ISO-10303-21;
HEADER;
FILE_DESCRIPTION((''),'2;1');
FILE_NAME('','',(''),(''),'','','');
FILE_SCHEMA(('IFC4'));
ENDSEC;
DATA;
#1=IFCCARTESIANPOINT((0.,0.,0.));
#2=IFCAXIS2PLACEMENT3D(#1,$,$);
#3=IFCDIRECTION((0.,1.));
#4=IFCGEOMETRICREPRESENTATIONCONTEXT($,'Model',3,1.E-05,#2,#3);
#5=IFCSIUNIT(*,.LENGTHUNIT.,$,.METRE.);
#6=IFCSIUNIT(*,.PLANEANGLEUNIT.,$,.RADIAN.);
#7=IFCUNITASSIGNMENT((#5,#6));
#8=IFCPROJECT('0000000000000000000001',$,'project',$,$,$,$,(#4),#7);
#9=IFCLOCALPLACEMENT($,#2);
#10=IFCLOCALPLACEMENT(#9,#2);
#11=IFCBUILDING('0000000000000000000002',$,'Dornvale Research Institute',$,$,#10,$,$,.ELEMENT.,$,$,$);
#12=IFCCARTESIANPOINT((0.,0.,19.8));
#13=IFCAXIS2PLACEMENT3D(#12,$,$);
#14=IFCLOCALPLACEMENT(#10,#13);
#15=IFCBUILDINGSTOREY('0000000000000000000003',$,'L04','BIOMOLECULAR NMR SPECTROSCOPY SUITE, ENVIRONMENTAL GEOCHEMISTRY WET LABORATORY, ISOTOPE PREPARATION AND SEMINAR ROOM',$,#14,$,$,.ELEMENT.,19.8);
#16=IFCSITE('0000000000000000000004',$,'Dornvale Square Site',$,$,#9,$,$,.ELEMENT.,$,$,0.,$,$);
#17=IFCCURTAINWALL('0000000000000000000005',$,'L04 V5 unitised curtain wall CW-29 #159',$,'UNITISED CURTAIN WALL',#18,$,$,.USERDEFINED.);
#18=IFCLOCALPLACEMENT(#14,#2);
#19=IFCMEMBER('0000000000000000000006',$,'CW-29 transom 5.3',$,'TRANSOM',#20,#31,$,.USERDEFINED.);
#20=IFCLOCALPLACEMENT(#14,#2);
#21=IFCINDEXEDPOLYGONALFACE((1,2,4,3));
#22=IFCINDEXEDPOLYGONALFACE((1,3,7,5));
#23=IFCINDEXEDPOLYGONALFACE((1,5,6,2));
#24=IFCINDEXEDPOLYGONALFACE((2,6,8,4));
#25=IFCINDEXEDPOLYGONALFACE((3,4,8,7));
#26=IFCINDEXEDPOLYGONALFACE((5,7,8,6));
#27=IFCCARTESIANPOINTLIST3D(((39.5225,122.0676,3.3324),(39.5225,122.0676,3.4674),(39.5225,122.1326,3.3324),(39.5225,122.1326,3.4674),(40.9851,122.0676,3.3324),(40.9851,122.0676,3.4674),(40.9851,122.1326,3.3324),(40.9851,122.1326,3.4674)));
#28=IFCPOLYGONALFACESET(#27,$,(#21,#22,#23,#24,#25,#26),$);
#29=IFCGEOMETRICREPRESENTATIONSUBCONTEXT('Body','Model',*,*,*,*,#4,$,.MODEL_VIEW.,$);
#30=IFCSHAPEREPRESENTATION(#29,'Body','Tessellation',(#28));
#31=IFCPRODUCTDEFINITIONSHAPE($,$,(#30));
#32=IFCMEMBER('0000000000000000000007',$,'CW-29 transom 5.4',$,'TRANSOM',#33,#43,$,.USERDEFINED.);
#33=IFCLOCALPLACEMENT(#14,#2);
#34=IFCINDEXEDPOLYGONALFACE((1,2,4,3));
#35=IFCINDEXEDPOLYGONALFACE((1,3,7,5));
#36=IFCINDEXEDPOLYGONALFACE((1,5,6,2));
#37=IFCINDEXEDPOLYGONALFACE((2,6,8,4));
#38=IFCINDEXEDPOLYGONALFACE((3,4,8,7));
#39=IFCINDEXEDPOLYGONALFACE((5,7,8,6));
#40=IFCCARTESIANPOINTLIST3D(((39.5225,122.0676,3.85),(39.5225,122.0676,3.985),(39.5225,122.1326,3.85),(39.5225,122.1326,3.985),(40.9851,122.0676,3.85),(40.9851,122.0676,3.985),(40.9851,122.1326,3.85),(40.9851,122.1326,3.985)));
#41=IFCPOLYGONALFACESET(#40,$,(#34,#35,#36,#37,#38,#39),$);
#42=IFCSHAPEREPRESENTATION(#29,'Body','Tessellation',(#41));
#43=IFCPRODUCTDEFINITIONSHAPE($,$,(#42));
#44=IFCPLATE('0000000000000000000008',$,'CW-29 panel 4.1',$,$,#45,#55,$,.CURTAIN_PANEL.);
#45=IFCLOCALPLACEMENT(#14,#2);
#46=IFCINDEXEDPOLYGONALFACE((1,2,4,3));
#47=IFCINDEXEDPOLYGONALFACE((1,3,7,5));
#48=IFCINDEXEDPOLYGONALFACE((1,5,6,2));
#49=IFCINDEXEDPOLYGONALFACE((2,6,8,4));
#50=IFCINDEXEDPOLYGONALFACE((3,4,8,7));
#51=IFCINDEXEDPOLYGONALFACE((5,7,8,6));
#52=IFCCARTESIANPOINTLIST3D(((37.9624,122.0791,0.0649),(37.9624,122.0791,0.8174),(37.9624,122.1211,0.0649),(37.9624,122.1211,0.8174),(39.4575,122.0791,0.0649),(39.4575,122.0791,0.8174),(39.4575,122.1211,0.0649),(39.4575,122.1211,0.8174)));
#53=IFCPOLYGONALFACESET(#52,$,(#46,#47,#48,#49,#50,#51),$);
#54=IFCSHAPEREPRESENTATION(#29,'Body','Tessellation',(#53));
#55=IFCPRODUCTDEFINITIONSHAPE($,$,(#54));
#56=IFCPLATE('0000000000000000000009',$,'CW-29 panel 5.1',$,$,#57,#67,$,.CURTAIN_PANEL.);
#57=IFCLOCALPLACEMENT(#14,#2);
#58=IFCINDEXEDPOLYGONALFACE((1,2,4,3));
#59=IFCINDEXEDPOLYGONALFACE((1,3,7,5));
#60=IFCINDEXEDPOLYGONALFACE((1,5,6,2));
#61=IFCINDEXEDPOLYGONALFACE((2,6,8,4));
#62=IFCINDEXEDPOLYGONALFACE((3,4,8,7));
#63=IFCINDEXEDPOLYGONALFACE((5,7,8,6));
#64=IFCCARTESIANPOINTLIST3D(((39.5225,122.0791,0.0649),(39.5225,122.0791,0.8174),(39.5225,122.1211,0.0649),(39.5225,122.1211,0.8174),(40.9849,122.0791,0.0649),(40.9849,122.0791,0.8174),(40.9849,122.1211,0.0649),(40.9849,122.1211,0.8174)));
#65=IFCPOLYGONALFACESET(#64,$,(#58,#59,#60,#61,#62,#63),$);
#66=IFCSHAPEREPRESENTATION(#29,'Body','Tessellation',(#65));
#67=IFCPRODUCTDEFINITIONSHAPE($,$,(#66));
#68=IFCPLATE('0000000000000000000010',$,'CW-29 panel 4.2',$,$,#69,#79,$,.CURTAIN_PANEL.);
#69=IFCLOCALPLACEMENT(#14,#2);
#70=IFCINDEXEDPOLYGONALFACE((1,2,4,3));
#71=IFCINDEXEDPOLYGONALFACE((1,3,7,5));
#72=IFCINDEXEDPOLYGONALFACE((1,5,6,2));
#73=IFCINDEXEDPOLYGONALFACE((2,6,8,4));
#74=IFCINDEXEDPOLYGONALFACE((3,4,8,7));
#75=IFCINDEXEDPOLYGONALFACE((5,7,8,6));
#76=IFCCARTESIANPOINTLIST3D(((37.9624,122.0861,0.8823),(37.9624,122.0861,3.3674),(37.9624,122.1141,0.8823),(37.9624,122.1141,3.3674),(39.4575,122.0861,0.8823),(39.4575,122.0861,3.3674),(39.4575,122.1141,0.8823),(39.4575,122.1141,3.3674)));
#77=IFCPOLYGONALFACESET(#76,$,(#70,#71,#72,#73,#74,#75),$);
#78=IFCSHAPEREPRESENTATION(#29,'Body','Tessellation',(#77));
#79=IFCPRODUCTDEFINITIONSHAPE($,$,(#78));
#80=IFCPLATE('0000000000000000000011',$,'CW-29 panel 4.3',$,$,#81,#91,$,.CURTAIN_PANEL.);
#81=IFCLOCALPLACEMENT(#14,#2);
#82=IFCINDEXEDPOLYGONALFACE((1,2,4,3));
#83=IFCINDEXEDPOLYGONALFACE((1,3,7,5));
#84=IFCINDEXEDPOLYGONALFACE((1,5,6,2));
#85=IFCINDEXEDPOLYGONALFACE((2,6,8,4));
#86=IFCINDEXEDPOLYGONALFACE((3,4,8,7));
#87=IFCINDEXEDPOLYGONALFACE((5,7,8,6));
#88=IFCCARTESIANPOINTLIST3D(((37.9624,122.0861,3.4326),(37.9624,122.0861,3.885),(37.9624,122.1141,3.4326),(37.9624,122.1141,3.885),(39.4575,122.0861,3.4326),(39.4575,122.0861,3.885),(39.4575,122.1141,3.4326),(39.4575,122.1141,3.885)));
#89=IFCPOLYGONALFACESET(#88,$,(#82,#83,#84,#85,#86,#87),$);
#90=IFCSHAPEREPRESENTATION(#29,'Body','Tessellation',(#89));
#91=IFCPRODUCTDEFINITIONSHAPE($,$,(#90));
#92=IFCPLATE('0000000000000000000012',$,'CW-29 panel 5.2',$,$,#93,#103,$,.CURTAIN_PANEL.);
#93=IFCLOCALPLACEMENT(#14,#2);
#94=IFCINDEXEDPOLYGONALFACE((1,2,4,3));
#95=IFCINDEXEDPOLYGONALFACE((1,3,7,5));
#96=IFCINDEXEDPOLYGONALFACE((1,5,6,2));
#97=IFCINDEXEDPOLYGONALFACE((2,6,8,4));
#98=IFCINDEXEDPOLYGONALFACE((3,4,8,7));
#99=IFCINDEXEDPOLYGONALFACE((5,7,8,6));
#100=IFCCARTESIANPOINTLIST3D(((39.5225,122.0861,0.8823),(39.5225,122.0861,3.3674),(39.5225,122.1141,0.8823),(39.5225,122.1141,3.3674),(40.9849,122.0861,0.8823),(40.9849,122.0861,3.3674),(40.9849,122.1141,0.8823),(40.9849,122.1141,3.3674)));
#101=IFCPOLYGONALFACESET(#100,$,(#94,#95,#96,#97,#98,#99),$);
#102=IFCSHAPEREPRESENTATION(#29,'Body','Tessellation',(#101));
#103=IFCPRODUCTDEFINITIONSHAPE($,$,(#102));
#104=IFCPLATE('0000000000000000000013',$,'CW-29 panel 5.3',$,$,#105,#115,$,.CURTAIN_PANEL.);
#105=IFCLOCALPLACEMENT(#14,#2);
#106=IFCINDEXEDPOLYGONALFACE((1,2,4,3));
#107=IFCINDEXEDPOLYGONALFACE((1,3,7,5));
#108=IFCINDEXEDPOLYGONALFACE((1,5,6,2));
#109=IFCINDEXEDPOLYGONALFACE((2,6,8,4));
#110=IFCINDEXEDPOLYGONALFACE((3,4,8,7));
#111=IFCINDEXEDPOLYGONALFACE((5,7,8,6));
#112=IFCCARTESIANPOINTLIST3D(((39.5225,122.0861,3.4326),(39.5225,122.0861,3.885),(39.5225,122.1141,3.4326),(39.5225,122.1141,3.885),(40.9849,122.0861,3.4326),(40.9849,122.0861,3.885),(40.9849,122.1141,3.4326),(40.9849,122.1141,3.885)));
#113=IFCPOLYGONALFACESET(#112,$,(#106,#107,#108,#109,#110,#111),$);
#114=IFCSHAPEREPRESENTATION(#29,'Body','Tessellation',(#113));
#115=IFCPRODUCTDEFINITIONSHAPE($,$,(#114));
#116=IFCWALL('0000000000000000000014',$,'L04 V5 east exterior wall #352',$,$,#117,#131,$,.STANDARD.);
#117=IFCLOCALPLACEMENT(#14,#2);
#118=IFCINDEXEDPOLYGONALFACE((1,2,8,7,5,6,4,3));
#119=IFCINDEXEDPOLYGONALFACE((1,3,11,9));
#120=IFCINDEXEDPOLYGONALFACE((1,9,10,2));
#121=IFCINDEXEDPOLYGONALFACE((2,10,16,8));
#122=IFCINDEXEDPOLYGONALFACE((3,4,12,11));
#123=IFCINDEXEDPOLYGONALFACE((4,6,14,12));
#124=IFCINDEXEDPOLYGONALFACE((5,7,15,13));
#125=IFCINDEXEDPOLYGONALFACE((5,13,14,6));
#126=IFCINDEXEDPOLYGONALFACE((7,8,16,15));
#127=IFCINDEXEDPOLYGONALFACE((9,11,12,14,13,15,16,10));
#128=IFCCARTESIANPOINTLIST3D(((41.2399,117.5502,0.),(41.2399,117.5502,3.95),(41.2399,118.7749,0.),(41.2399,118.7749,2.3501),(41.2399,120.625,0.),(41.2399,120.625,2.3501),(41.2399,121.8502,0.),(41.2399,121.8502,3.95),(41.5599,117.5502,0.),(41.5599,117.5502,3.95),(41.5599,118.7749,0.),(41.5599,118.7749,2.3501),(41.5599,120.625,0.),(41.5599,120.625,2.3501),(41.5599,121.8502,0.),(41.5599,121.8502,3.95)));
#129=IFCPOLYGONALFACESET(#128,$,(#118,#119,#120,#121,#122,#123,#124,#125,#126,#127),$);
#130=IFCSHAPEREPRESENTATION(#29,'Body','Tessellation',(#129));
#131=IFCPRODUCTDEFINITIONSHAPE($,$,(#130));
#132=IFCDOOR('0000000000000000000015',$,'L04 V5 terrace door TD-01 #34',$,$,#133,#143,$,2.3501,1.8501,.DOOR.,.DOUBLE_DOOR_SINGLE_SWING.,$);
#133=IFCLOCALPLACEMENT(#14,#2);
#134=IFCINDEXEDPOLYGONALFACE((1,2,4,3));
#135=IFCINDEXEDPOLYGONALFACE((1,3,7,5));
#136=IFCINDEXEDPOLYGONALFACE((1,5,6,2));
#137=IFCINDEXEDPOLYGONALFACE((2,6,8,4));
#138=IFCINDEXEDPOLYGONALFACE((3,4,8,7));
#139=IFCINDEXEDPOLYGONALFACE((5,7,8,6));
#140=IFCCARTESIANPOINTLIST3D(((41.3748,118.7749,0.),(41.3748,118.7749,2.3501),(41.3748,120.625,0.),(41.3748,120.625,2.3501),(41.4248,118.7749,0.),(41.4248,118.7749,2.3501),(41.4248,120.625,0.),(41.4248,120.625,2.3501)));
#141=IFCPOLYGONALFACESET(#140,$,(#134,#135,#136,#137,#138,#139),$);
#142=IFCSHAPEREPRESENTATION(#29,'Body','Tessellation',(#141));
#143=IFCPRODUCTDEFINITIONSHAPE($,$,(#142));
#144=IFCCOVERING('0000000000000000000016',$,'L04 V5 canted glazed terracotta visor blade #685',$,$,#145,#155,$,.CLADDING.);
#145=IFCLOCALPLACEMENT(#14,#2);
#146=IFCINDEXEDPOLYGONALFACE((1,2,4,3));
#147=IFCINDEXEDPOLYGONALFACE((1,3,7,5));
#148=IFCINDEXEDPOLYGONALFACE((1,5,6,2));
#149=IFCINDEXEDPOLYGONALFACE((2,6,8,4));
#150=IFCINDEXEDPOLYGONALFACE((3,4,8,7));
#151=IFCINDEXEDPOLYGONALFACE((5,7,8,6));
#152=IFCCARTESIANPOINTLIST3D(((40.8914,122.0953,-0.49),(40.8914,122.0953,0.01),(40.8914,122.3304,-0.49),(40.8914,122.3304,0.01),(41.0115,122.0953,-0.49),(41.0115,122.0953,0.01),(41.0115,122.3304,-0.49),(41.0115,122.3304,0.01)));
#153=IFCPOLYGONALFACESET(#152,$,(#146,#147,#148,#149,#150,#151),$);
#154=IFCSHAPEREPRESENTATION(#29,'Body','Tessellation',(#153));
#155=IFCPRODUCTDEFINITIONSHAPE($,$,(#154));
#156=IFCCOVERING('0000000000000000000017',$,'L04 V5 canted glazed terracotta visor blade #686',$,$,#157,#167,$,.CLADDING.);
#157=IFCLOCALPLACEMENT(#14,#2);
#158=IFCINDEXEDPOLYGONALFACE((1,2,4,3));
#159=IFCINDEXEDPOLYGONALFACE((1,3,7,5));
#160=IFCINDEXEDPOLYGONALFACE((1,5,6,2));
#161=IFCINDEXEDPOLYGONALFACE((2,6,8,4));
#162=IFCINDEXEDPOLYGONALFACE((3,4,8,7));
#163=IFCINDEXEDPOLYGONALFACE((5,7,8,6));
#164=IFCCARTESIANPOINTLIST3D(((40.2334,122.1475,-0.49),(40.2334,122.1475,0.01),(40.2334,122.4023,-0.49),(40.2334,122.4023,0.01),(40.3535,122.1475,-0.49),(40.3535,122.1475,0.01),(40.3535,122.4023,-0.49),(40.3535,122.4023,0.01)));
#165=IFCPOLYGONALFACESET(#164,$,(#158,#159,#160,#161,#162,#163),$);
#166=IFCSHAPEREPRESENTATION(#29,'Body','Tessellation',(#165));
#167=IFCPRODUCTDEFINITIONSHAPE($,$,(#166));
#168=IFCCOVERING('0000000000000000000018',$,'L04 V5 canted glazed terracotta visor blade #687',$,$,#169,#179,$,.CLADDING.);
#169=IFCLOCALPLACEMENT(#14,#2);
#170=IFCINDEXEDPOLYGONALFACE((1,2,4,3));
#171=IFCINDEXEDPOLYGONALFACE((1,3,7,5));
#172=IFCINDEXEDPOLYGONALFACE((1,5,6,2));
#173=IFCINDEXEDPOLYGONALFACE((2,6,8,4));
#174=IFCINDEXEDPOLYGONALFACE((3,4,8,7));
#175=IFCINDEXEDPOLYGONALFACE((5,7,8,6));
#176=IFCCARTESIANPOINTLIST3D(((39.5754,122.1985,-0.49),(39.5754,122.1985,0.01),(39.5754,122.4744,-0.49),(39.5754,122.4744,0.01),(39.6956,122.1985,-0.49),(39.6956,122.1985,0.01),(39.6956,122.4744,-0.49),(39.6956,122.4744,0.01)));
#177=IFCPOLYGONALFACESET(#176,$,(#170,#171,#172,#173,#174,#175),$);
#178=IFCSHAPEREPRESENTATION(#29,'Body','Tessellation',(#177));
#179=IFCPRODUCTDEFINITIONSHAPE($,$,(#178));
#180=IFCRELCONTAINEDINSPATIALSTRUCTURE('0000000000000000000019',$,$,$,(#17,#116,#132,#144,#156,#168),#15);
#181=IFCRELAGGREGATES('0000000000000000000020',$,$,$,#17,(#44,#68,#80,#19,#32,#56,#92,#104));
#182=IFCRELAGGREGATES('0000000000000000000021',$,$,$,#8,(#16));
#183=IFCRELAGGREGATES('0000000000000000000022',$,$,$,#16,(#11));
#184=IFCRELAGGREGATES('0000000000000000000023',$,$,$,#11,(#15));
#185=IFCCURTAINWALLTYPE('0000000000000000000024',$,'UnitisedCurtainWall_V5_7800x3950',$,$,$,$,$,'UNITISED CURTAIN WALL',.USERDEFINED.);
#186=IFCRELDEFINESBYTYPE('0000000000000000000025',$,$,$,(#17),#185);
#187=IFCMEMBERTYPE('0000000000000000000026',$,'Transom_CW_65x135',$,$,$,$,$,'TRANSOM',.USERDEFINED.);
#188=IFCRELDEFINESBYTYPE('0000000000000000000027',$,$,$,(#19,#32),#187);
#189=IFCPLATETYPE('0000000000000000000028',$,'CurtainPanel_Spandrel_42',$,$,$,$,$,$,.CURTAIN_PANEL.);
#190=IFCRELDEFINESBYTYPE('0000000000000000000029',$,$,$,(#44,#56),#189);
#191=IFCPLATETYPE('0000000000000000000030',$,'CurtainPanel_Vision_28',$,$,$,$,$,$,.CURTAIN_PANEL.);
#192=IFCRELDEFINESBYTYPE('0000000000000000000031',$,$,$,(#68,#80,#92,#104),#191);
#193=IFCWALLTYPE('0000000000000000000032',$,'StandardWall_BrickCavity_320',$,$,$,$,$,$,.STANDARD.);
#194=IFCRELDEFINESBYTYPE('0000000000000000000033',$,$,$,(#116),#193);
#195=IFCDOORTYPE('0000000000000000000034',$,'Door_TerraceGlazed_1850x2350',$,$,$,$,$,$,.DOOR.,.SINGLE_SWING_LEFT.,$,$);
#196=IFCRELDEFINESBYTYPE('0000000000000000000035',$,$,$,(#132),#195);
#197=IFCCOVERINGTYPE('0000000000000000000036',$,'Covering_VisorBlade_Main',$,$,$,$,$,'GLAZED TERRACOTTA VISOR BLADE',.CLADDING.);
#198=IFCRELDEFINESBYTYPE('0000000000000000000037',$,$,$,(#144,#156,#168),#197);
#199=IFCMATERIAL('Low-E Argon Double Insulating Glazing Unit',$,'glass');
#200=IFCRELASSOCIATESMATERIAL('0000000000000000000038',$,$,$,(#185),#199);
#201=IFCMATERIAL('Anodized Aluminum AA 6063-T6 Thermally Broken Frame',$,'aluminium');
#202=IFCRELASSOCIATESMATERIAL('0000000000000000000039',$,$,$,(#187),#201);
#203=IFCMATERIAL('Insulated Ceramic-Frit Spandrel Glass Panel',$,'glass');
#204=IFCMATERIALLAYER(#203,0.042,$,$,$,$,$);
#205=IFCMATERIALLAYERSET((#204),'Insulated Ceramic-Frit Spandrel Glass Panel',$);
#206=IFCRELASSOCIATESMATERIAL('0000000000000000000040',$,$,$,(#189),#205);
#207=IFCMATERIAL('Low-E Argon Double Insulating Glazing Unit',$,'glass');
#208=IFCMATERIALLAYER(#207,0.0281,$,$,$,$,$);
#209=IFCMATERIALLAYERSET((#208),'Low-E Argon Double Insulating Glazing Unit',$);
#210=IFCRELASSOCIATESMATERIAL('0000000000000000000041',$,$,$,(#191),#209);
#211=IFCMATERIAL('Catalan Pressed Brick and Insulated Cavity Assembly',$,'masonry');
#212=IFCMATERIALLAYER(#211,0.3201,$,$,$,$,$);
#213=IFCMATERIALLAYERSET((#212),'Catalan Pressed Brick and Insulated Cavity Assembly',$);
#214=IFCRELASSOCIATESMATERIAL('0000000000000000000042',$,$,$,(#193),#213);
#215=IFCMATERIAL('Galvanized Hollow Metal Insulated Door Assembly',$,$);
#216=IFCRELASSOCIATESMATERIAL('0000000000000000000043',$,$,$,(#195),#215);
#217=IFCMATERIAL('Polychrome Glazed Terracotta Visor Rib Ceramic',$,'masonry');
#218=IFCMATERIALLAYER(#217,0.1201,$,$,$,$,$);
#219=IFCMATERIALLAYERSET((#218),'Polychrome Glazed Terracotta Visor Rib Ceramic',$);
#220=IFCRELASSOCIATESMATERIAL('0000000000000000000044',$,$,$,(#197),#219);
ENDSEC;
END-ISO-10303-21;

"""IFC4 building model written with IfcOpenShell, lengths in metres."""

from ifc_helpers import new_model, si_unit, direction, frame, frame_2d, origin, origin_2d, place, context, subcontext, project, spatial, rectangle, extrude, material, layer, layer_set, material_profile, profile_set, type_object, element, fill, aggregate, save


model = new_model("IFC4")

# Units and contexts
model_context = context("Model", 3, precision=1e-05, world=origin(), true_north=direction((0.0, 1.0)))
body_context = subcontext(model_context, "Body", "Model", "MODEL_VIEW")
ifc_project = project(units=[si_unit("LENGTHUNIT", "METRE"), si_unit("PLANEANGLEUNIT", "RADIAN")], contexts=[model_context])

# Site, building, storey
site_placement = place(None, origin())
site = spatial("IfcSite", under=ifc_project, at=site_placement, Name="Dornvale Square Site", CompositionType="ELEMENT", RefElevation=0.0)
building_placement = place(site_placement, origin())
building = spatial("IfcBuilding", under=site, at=building_placement, Name="Dornvale Research Institute", CompositionType="ELEMENT")
storey_placement = place(building_placement, frame((0.0, 0.0, 19.8)))
storey = spatial("IfcBuildingStorey", under=building, at=storey_placement, Name="L04", Description="BIOMOLECULAR NMR SPECTROSCOPY SUITE, ENVIRONMENTAL GEOCHEMISTRY WET LABORATORY, ISOTOPE PREPARATION AND SEMINAR ROOM", CompositionType="ELEMENT", Elevation=19.8)

# Curtain wall
ifc_material_1 = material(Name="Low-E Argon Double Insulating Glazing Unit", Category="glass")
curtain_wall_type = type_object("IfcCurtainWallType", Name="UnitisedCurtainWall_V5_7800x3950", ElementType="UNITISED CURTAIN WALL", PredefinedType="USERDEFINED", material=ifc_material_1)
curtain_wall_placement = place(storey_placement, origin())
curtain_wall = element("IfcCurtainWall", 1, at=curtain_wall_placement, inside=storey, type_object=curtain_wall_type, Name="L04 V5 unitised curtain wall CW-29 #159", ObjectType="UNITISED CURTAIN WALL", PredefinedType="USERDEFINED")

# Members
ifc_material_2 = material(Name="Anodized Aluminum AA 6063-T6 Thermally Broken Frame", Category="aluminium")
ifc_material_profile_1 = material_profile(ifc_material_2, rectangle(XDim=0.0649, YDim=0.135, at=origin_2d()), Name="ALU TRANSOM 65x135")
ifc_profile_set_1 = profile_set([ifc_material_profile_1], Name="Anodized Aluminum AA 6063-T6 Thermally Broken Frame")
member_type_1 = type_object("IfcMemberType", Name="Transom_CW_65x135", ElementType="TRANSOM", PredefinedType="USERDEFINED", material=ifc_profile_set_1)
member_1_placement = place(storey_placement, frame((39.5225, 122.1001, 3.3999), z_axis=(1.0, 0.0, 0.0), x_axis=(0.0, 1.0, 0.0)))
member_1 = element("IfcMember", 2, at=member_1_placement, type_object=member_type_1, Name="CW-29 transom 5.3", ObjectType="TRANSOM", PredefinedType="USERDEFINED", context=body_context, shape_type="SweptSolid", body=[
    extrude(rectangle(XDim=0.0649, YDim=0.135, at=origin_2d()), origin(), (0.0, 0.0, 1.0), 1.4626),
])
member_2_placement = place(storey_placement, frame((39.5225, 122.1001, 3.9175), z_axis=(1.0, 0.0, 0.0), x_axis=(0.0, 1.0, 0.0)))
member_2 = element("IfcMember", 3, at=member_2_placement, type_object=member_type_1, Name="CW-29 transom 5.4", ObjectType="TRANSOM", PredefinedType="USERDEFINED", context=body_context, shape_type="SweptSolid", body=[
    extrude(rectangle(XDim=0.0649, YDim=0.135, at=origin_2d()), origin(), (0.0, 0.0, 1.0), 1.4626),
])

# Plates
ifc_material_3 = material(Name="Insulated Ceramic-Frit Spandrel Glass Panel", Category="glass")
ifc_layer_1 = layer(ifc_material_3, 0.042)
ifc_layer_set_1 = layer_set([ifc_layer_1], Name="Insulated Ceramic-Frit Spandrel Glass Panel")
plate_type_1 = type_object("IfcPlateType", Name="CurtainPanel_Spandrel_42", PredefinedType="CURTAIN_PANEL", material=ifc_layer_set_1)
plate_1_placement = place(storey_placement, frame((38.71, 122.1001, 0.0649), z_axis=(0.0, 0.0, 1.0), x_axis=(1.0, 0.0, 0.0)))
plate_1 = element("IfcPlate", 4, at=plate_1_placement, type_object=plate_type_1, Name="CW-29 panel 4.1", PredefinedType="CURTAIN_PANEL", context=body_context, shape_type="SweptSolid", body=[
    extrude(rectangle(XDim=1.4951, YDim=0.042, at=origin_2d()), origin(), (0.0, 0.0, 1.0), 0.7524),
])
plate_2_placement = place(storey_placement, frame((40.2537, 122.1001, 0.0649), z_axis=(0.0, 0.0, 1.0), x_axis=(1.0, 0.0, 0.0)))
plate_2 = element("IfcPlate", 5, at=plate_2_placement, type_object=plate_type_1, Name="CW-29 panel 5.1", PredefinedType="CURTAIN_PANEL", context=body_context, shape_type="SweptSolid", body=[
    extrude(rectangle(XDim=1.4624, YDim=0.042, at=origin_2d()), origin(), (0.0, 0.0, 1.0), 0.7524),
])
ifc_material_4 = material(Name="Low-E Argon Double Insulating Glazing Unit", Category="glass")
ifc_layer_2 = layer(ifc_material_4, 0.0281)
ifc_layer_set_2 = layer_set([ifc_layer_2], Name="Low-E Argon Double Insulating Glazing Unit")
plate_type_2 = type_object("IfcPlateType", Name="CurtainPanel_Vision_28", PredefinedType="CURTAIN_PANEL", material=ifc_layer_set_2)
plate_3_placement = place(storey_placement, frame((38.71, 122.1001, 0.8823), z_axis=(0.0, 0.0, 1.0), x_axis=(1.0, 0.0, 0.0)))
plate_3 = element("IfcPlate", 6, at=plate_3_placement, type_object=plate_type_2, Name="CW-29 panel 4.2", PredefinedType="CURTAIN_PANEL", context=body_context, shape_type="SweptSolid", body=[
    extrude(rectangle(XDim=1.4951, YDim=0.0281, at=origin_2d()), origin(), (0.0, 0.0, 1.0), 2.4851),
])
plate_4_placement = place(storey_placement, frame((38.71, 122.1001, 3.4326), z_axis=(0.0, 0.0, 1.0), x_axis=(1.0, 0.0, 0.0)))
plate_4 = element("IfcPlate", 7, at=plate_4_placement, type_object=plate_type_2, Name="CW-29 panel 4.3", PredefinedType="CURTAIN_PANEL", context=body_context, shape_type="SweptSolid", body=[
    extrude(rectangle(XDim=1.4951, YDim=0.0281, at=origin_2d()), origin(), (0.0, 0.0, 1.0), 0.4524),
])
plate_5_placement = place(storey_placement, frame((40.2537, 122.1001, 0.8823), z_axis=(0.0, 0.0, 1.0), x_axis=(1.0, 0.0, 0.0)))
plate_5 = element("IfcPlate", 8, at=plate_5_placement, type_object=plate_type_2, Name="CW-29 panel 5.2", PredefinedType="CURTAIN_PANEL", context=body_context, shape_type="SweptSolid", body=[
    extrude(rectangle(XDim=1.4624, YDim=0.0281, at=origin_2d()), origin(), (0.0, 0.0, 1.0), 2.4851),
])
plate_6_placement = place(storey_placement, frame((40.2537, 122.1001, 3.4326), z_axis=(0.0, 0.0, 1.0), x_axis=(1.0, 0.0, 0.0)))
plate_6 = element("IfcPlate", 9, at=plate_6_placement, type_object=plate_type_2, Name="CW-29 panel 5.3", PredefinedType="CURTAIN_PANEL", context=body_context, shape_type="SweptSolid", body=[
    extrude(rectangle(XDim=1.4624, YDim=0.0281, at=origin_2d()), origin(), (0.0, 0.0, 1.0), 0.4524),
])
aggregate(curtain_wall, [plate_1, plate_3, plate_4, member_1, member_2, plate_2, plate_5, plate_6])

# Wall, opening, door
ifc_material_5 = material(Name="Catalan Pressed Brick and Insulated Cavity Assembly", Category="masonry")
ifc_layer_3 = layer(ifc_material_5, 0.3201)
ifc_layer_set_3 = layer_set([ifc_layer_3], Name="Catalan Pressed Brick and Insulated Cavity Assembly")
wall_type = type_object("IfcWallType", Name="StandardWall_BrickCavity_320", PredefinedType="STANDARD", material=ifc_layer_set_3)
wall_placement = place(storey_placement, frame((41.3999, 121.8501, 0.0), z_axis=(0.0, 0.0, 1.0), x_axis=(0.0, -1.0, 0.0)))
wall = element("IfcWall", 10, at=wall_placement, inside=storey, type_object=wall_type, Name="L04 V5 east exterior wall #352", PredefinedType="STANDARD", context=body_context, shape_type="SweptSolid", body=[
    extrude(rectangle(XDim=4.3, YDim=0.3201, at=frame_2d((2.1499, 0.0))), origin(), (0.0, 0.0, 1.0), 3.95),
])
opening_placement = place(wall_placement, frame((1.2251, 0.0, 0.0)))
opening = element("IfcOpeningElement", 11, at=opening_placement, cuts=wall, PredefinedType="OPENING", context=body_context, shape_type="SweptSolid", body=[
    extrude(rectangle(XDim=1.8501, YDim=2.3501, at=frame_2d((0.925, 1.175))), frame((0.0, 0.175, 0.0), z_axis=(0.0, -1.0, 0.0), x_axis=(1.0, 0.0, 0.0)), (0.0, 0.0, 1.0), 0.3501),
])
ifc_material_6 = material(Name="Galvanized Hollow Metal Insulated Door Assembly")
door_type = type_object("IfcDoorType", Name="Door_TerraceGlazed_1850x2350", OperationType="SINGLE_SWING_LEFT", PredefinedType="DOOR", material=ifc_material_6)
door_placement = place(opening_placement, origin())
door = element("IfcDoor", 12, at=door_placement, inside=storey, type_object=door_type, Name="L04 V5 terrace door TD-01 #34", OperationType="DOUBLE_DOOR_SINGLE_SWING", OverallHeight=2.3501, OverallWidth=1.8501, PredefinedType="DOOR", context=body_context, shape_type="SweptSolid", body=[
    extrude(rectangle(XDim=1.8501, YDim=2.3501, at=frame_2d((0.925, 1.175))), frame((0.0, 0.0249, 0.0), z_axis=(0.0, -1.0, 0.0), x_axis=(1.0, 0.0, 0.0)), (0.0, 0.0, 1.0), 0.05),
])
fill(opening, door)

# Coverings
ifc_material_7 = material(Name="Polychrome Glazed Terracotta Visor Rib Ceramic", Category="masonry")
ifc_layer_4 = layer(ifc_material_7, 0.1201)
ifc_layer_set_4 = layer_set([ifc_layer_4], Name="Polychrome Glazed Terracotta Visor Rib Ceramic")
covering_type = type_object("IfcCoveringType", Name="Covering_VisorBlade_Main", ElementType="GLAZED TERRACOTTA VISOR BLADE", PredefinedType="CLADDING", material=ifc_layer_set_4)
covering_1_placement = place(storey_placement, frame((40.9514, 122.2129, -0.49), z_axis=(0.0, 0.0, 1.0), x_axis=(0.0, 1.0, 0.0)))
element("IfcCovering", 13, at=covering_1_placement, inside=storey, type_object=covering_type, Name="L04 V5 canted glazed terracotta visor blade #685", PredefinedType="CLADDING", context=body_context, shape_type="SweptSolid", body=[
    extrude(rectangle(XDim=0.2351, YDim=0.1201, at=origin_2d()), origin(), (0.0, 0.0, 1.0), 0.5),
])
covering_2_placement = place(storey_placement, frame((40.2935, 122.2749, -0.49), z_axis=(0.0, 0.0, 1.0), x_axis=(0.0, 1.0, 0.0)))
element("IfcCovering", 14, at=covering_2_placement, inside=storey, type_object=covering_type, Name="L04 V5 canted glazed terracotta visor blade #686", PredefinedType="CLADDING", context=body_context, shape_type="SweptSolid", body=[
    extrude(rectangle(XDim=0.2549, YDim=0.1201, at=origin_2d()), origin(), (0.0, 0.0, 1.0), 0.5),
])
covering_3_placement = place(storey_placement, frame((39.6355, 122.3364, -0.49), z_axis=(0.0, 0.0, 1.0), x_axis=(0.0, 1.0, 0.0)))
element("IfcCovering", 15, at=covering_3_placement, inside=storey, type_object=covering_type, Name="L04 V5 canted glazed terracotta visor blade #687", PredefinedType="CLADDING", context=body_context, shape_type="SweptSolid", body=[
    extrude(rectangle(XDim=0.2759, YDim=0.1201, at=origin_2d()), origin(), (0.0, 0.0, 1.0), 0.5),
])

save(model, "model.ifc")
